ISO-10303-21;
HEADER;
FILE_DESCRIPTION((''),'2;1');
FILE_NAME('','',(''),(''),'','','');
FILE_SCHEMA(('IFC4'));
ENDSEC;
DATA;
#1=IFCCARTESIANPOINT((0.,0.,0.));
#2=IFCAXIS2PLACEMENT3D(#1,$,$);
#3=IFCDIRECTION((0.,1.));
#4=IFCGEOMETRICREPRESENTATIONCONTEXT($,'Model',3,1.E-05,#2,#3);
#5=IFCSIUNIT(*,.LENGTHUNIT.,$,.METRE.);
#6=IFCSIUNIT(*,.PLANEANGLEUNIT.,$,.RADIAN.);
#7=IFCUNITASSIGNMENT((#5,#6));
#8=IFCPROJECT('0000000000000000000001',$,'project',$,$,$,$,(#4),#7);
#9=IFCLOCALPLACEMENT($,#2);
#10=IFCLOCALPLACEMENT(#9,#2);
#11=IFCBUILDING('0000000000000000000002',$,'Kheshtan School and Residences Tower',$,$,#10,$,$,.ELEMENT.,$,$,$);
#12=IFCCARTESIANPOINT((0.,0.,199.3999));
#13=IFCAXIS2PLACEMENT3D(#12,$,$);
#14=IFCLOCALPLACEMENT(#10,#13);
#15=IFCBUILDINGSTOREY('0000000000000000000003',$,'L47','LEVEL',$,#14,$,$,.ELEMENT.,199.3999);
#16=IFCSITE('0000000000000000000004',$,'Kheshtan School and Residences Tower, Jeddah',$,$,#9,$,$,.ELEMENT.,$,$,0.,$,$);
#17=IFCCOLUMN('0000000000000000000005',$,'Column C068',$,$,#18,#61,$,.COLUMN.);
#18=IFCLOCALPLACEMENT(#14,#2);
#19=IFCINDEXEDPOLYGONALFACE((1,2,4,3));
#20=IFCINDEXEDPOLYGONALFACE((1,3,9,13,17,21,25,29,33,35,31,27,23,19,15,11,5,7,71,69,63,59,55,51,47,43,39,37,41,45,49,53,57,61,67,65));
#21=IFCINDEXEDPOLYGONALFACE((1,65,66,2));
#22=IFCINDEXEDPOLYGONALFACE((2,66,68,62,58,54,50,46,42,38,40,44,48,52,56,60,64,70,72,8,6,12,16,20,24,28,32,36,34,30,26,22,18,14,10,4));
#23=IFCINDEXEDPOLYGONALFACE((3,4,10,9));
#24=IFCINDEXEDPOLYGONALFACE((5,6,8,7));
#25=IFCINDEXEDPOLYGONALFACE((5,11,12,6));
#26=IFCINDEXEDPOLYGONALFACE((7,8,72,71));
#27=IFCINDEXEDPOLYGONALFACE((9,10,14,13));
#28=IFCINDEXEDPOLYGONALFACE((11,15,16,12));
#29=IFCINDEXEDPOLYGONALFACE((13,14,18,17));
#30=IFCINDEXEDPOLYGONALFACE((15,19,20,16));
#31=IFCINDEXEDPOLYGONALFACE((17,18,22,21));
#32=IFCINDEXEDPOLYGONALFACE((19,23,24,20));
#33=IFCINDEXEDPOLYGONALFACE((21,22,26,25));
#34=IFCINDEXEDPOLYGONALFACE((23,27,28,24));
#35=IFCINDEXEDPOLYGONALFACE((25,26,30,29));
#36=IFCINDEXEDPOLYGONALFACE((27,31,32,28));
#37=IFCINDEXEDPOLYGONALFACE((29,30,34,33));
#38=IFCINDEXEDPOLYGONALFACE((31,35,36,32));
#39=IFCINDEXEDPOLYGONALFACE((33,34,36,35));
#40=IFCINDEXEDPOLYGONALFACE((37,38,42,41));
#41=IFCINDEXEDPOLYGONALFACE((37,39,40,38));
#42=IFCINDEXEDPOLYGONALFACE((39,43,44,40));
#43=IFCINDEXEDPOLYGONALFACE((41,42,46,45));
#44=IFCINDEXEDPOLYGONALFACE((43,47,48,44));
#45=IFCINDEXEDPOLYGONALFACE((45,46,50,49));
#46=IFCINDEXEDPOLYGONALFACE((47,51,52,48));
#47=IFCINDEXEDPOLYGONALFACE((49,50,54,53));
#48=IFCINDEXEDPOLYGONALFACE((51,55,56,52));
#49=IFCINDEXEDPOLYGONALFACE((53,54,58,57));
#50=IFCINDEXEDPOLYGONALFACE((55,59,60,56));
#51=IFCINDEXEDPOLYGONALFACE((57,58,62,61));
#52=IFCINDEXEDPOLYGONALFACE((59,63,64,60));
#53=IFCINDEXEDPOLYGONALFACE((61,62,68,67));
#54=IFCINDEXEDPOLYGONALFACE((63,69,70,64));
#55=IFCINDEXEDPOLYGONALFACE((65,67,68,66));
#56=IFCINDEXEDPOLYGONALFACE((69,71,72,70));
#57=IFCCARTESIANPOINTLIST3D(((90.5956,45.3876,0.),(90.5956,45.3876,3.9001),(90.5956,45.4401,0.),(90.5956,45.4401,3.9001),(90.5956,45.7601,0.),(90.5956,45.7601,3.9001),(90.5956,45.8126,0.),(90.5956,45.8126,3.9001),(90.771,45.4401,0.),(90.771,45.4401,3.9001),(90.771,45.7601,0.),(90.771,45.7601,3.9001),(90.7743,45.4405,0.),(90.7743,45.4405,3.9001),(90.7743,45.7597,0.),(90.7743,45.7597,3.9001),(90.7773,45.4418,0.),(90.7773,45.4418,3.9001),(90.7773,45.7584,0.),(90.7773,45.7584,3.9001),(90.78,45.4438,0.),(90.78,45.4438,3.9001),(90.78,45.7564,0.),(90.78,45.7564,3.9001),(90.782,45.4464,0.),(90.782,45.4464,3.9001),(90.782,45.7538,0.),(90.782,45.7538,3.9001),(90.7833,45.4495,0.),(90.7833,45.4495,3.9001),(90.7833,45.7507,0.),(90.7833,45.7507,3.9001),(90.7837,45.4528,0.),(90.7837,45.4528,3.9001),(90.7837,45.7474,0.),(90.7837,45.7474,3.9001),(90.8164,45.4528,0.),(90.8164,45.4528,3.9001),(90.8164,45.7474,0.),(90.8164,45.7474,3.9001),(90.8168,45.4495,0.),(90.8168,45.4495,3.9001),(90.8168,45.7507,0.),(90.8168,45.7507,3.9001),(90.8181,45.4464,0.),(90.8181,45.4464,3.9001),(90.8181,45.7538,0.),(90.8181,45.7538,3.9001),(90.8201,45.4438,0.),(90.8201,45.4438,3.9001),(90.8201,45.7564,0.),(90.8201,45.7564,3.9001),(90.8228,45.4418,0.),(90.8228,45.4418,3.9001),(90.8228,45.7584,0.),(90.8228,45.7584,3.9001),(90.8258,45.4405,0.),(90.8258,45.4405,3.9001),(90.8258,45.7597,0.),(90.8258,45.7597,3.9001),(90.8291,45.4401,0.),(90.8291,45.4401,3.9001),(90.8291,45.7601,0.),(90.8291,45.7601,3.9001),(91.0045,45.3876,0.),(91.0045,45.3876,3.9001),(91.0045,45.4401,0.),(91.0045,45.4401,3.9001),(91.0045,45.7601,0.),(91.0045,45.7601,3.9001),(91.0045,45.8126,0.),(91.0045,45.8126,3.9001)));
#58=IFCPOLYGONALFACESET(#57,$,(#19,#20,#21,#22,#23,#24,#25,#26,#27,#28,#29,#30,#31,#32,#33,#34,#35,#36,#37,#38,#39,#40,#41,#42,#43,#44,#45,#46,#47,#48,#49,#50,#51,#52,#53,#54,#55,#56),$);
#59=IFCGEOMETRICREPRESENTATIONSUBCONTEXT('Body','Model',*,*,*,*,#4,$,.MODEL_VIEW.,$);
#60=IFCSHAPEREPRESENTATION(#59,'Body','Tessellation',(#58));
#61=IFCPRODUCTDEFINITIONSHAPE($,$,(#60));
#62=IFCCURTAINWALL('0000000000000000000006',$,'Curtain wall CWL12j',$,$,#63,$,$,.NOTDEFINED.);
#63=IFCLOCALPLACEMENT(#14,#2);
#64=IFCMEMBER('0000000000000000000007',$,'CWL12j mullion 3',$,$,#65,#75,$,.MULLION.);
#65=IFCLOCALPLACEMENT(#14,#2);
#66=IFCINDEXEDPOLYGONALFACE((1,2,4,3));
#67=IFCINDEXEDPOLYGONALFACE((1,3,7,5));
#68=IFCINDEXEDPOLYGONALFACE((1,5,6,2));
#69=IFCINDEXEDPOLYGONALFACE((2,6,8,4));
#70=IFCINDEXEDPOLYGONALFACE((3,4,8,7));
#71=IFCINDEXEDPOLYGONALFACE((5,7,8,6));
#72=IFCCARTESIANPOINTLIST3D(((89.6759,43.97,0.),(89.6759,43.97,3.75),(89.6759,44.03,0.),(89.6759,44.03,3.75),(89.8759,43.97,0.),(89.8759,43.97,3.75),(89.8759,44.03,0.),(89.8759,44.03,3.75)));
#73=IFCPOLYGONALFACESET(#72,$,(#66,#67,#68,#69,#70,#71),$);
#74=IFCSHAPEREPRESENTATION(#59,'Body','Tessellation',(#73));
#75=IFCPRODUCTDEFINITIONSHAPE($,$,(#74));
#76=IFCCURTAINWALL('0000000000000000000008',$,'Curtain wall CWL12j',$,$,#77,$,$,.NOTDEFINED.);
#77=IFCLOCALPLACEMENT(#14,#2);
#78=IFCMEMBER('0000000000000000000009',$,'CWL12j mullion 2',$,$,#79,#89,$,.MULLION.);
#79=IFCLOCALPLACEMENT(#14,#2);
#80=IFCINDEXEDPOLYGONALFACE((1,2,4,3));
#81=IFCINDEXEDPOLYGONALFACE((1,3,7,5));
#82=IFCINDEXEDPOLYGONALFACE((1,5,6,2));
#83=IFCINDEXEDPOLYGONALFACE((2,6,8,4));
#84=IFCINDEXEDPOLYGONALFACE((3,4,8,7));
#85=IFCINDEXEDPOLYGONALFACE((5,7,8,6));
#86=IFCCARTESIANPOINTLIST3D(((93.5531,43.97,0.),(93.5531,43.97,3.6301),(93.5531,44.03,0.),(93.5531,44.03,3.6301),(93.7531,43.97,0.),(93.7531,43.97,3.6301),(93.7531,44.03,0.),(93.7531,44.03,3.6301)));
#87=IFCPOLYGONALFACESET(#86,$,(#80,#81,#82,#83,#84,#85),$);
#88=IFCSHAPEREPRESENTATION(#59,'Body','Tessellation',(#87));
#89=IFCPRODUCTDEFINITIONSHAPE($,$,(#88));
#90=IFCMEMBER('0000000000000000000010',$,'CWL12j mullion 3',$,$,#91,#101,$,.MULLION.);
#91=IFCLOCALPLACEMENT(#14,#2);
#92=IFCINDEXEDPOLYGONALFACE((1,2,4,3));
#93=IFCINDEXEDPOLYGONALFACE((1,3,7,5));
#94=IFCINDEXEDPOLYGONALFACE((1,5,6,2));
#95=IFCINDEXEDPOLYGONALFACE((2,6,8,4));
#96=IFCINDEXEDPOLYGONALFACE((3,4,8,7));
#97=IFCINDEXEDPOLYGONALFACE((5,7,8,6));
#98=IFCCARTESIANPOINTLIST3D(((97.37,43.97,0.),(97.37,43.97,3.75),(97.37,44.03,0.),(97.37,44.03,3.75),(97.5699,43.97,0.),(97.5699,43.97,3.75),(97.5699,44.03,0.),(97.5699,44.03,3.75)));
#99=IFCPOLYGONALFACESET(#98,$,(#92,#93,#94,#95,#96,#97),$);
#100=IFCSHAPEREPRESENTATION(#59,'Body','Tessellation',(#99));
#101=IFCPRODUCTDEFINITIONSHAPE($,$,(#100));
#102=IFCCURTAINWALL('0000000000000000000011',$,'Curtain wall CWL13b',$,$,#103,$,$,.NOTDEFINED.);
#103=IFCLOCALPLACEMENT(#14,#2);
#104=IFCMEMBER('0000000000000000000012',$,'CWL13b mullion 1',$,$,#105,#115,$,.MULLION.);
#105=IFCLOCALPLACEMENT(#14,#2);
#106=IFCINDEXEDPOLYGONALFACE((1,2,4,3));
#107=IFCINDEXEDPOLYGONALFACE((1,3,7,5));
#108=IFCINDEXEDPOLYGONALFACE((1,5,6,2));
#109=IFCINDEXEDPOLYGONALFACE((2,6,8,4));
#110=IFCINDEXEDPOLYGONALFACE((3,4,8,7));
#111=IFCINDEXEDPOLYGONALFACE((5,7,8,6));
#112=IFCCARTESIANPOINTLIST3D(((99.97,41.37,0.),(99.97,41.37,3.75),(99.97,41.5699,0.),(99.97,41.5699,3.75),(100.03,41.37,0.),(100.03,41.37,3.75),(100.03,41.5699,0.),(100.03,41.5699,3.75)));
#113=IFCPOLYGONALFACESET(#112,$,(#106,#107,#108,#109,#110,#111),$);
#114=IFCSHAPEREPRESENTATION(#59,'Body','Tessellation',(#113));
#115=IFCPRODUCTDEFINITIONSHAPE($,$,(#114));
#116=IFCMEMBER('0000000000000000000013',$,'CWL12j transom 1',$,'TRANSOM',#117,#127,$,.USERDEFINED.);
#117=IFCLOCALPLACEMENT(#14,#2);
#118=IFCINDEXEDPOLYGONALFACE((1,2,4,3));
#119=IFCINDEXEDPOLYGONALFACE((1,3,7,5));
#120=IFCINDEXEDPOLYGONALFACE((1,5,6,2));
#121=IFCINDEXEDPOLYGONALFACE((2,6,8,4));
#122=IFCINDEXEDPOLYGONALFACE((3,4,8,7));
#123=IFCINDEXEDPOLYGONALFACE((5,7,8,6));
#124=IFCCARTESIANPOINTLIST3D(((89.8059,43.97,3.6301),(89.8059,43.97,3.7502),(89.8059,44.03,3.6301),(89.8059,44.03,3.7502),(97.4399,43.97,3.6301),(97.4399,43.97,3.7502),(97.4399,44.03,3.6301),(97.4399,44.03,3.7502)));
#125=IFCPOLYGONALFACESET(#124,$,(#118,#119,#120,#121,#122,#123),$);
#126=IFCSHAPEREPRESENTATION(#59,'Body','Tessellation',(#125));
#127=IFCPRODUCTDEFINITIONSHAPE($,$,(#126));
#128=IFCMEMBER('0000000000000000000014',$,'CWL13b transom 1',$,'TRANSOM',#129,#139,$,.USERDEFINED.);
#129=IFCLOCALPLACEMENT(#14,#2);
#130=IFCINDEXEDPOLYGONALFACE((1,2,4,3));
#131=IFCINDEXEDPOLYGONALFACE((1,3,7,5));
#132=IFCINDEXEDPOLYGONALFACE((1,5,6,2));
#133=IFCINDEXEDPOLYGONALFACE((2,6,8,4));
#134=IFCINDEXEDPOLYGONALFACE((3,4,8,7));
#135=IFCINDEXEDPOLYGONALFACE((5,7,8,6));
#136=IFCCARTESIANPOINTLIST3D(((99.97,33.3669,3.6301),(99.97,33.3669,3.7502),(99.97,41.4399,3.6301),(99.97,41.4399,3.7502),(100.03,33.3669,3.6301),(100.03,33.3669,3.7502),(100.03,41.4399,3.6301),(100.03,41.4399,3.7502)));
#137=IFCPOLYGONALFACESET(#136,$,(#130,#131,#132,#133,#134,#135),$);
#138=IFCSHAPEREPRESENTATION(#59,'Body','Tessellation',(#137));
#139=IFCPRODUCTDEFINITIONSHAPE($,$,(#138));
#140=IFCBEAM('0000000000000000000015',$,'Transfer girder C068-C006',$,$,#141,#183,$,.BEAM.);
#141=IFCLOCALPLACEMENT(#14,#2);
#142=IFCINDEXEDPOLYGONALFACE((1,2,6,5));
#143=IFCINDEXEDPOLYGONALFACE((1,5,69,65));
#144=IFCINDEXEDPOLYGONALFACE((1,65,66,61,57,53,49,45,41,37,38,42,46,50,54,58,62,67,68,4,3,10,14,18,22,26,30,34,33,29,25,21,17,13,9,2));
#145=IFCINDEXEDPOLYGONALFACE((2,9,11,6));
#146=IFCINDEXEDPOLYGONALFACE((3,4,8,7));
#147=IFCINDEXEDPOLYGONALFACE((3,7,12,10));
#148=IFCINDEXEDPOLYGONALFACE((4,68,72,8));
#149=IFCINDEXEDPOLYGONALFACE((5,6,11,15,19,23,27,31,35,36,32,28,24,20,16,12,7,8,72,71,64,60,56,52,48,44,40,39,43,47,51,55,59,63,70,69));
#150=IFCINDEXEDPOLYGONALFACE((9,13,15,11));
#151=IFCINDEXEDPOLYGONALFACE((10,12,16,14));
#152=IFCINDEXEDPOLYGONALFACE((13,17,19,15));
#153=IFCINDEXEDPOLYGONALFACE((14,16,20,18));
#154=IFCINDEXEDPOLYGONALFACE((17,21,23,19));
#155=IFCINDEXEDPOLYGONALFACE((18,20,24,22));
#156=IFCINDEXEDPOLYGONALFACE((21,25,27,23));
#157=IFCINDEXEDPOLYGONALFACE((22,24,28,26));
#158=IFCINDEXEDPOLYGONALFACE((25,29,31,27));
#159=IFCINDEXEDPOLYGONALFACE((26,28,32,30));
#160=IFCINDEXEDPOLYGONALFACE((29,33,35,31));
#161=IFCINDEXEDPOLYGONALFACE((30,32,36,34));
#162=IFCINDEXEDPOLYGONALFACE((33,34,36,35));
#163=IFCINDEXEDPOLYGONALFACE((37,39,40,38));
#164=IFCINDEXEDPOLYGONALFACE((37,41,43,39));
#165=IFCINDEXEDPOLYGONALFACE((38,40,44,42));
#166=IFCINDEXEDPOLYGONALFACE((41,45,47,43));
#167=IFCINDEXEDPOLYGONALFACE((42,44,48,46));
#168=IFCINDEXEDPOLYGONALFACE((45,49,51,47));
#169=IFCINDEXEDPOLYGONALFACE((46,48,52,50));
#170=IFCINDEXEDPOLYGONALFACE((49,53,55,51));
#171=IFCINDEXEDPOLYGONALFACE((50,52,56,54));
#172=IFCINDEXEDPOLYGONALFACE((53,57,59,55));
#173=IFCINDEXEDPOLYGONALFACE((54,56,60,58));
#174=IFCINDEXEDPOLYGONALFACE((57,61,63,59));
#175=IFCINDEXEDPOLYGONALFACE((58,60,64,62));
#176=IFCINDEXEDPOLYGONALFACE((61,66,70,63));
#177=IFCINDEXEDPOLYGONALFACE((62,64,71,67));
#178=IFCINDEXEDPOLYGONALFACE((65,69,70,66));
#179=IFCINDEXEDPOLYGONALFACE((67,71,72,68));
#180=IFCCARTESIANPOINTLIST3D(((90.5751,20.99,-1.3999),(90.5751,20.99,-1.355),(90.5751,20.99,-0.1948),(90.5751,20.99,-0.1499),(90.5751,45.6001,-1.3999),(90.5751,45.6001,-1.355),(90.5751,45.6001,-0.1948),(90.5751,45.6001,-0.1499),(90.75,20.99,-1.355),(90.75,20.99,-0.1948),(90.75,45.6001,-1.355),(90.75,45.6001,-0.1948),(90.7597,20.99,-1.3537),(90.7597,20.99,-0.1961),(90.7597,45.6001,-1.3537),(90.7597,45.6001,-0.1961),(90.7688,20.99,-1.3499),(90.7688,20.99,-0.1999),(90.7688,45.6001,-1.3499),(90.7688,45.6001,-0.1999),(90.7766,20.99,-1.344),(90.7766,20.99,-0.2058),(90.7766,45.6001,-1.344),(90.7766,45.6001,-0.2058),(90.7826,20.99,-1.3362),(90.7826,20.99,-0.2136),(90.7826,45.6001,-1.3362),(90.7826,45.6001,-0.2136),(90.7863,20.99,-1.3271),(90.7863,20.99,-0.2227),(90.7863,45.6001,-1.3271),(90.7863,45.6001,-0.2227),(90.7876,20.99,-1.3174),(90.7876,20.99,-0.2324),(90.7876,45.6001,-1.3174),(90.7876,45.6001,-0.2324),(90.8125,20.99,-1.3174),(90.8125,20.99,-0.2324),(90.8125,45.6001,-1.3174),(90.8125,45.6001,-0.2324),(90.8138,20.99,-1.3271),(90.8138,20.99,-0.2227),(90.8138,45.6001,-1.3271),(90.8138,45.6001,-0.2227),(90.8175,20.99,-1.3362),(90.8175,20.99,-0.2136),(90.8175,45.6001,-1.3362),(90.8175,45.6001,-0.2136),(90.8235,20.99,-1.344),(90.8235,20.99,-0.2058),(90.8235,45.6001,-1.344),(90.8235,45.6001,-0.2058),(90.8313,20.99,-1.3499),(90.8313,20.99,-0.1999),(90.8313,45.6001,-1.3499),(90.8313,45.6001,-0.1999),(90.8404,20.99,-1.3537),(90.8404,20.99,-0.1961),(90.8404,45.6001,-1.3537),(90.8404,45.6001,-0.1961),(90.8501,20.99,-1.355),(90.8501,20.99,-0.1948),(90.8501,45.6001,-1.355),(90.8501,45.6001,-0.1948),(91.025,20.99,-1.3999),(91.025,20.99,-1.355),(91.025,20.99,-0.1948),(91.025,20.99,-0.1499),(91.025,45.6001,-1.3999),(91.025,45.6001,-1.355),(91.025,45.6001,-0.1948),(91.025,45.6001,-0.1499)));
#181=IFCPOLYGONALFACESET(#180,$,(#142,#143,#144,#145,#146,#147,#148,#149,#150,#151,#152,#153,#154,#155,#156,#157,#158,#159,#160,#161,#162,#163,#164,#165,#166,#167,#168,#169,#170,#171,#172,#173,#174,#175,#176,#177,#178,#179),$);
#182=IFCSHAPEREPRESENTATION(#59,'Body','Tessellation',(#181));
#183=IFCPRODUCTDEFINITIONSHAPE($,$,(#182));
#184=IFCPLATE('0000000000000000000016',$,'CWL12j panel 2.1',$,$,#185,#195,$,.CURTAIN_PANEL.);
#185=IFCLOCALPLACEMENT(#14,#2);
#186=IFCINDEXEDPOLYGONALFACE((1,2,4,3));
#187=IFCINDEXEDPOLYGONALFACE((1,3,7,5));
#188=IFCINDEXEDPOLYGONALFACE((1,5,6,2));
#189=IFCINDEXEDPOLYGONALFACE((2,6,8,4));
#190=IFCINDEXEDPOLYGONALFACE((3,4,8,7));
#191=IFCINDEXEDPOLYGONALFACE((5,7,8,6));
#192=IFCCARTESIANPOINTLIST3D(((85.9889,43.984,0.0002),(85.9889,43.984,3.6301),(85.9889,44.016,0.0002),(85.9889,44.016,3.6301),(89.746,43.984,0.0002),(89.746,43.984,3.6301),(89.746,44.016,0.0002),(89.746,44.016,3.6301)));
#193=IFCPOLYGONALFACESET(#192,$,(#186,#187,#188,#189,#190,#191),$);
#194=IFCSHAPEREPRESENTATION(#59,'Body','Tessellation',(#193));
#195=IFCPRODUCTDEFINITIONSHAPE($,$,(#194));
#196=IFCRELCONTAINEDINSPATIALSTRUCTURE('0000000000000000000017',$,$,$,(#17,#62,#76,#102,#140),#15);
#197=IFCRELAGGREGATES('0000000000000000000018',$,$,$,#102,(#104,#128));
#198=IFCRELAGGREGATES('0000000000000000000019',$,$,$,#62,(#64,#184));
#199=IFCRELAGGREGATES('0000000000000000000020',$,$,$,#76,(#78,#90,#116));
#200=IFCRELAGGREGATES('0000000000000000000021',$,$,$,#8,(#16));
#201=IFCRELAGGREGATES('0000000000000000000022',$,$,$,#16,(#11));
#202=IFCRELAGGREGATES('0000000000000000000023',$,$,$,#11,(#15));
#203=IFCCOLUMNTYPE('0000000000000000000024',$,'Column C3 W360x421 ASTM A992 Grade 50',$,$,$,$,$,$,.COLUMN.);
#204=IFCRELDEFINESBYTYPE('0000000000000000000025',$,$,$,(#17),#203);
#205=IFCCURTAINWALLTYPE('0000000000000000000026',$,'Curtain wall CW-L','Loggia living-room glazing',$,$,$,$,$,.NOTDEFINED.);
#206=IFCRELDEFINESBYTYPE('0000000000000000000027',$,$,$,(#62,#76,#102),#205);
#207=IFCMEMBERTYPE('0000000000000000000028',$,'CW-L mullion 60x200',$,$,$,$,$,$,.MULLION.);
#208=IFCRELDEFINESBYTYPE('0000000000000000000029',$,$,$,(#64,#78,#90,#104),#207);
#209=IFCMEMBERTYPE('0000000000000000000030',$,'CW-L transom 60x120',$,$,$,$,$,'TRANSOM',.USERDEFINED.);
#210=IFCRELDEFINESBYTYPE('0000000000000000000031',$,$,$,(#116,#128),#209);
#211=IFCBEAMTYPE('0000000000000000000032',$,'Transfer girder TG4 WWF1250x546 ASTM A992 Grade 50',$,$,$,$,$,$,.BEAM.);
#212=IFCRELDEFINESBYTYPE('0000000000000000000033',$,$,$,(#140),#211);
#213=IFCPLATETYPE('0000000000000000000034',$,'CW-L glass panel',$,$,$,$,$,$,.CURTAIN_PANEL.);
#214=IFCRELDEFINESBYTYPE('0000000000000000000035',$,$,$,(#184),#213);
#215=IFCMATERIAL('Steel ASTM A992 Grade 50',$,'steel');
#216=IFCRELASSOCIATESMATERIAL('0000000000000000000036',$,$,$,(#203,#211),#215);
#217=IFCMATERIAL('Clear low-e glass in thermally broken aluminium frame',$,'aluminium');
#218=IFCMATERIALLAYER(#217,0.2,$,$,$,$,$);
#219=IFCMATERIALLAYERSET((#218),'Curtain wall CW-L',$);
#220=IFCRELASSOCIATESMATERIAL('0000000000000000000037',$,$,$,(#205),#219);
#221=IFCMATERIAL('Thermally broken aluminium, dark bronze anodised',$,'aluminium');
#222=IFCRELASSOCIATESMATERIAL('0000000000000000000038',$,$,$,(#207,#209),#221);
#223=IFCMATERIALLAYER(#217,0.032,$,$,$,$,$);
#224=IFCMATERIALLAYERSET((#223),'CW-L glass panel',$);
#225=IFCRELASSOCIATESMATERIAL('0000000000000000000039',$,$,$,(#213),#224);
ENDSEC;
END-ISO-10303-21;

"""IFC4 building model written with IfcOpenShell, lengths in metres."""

from ifc_helpers import new_model, si_unit, direction, frame, origin, origin_2d, place, context, subcontext, project, spatial, rectangle, i_section, extrude, material, layer, layer_set, material_profile, profile_set, type_object, element, aggregate, save


model = new_model("IFC4")

# Units and contexts
model_context = context("Model", 3, precision=1e-05, world=origin(), true_north=direction((0.0, 1.0)))
body_context = subcontext(model_context, "Body", "Model", "MODEL_VIEW")
ifc_project = project(units=[si_unit("LENGTHUNIT", "METRE"), si_unit("PLANEANGLEUNIT", "RADIAN")], contexts=[model_context])

# Site, building, storey
site_placement = place(None, origin())
site = spatial("IfcSite", under=ifc_project, at=site_placement, Name="Kheshtan School and Residences Tower, Jeddah", CompositionType="ELEMENT", RefElevation=0.0)
building_placement = place(site_placement, origin())
building = spatial("IfcBuilding", under=site, at=building_placement, Name="Kheshtan School and Residences Tower", CompositionType="ELEMENT")
storey_placement = place(building_placement, frame((0.0, 0.0, 199.3999)))
storey = spatial("IfcBuildingStorey", under=building, at=storey_placement, Name="L47", Description="LEVEL", CompositionType="ELEMENT", Elevation=199.3999)

# Column
ifc_material_1 = material(Name="Steel ASTM A992 Grade 50", Category="steel")
ifc_material_profile_1 = material_profile(ifc_material_1, i_section(OverallWidth=0.4089, OverallDepth=0.425, WebThickness=0.0327, FlangeThickness=0.0525, FilletRadius=0.0127, at=origin_2d()), Name="W360x421")
ifc_profile_set_1 = profile_set([ifc_material_profile_1], Name="Steel ASTM A992 Grade 50")
column_type = type_object("IfcColumnType", Name="Column C3 W360x421 ASTM A992 Grade 50", PredefinedType="COLUMN", material=ifc_profile_set_1)
column_placement = place(storey_placement, frame((90.8, 45.6001, 0.0), z_axis=(0.0, 0.0, 1.0), x_axis=(1.0, 0.0, 0.0)))
element("IfcColumn", 1, at=column_placement, inside=storey, type_object=column_type, Name="Column C068", PredefinedType="COLUMN", context=body_context, shape_type="SweptSolid", body=[
    extrude(i_section(OverallWidth=0.4089, OverallDepth=0.425, WebThickness=0.0327, FlangeThickness=0.0525, FilletRadius=0.0127, at=origin_2d()), origin(), (0.0, 0.0, 1.0), 3.9001),
])

# Curtain wall, member
ifc_material_2 = material(Name="Clear low-e glass in thermally broken aluminium frame", Category="aluminium")
ifc_layer_1 = layer(ifc_material_2, 0.2)
ifc_layer_set_1 = layer_set([ifc_layer_1], Name="Curtain wall CW-L")
curtain_wall_type = type_object("IfcCurtainWallType", Name="Curtain wall CW-L", Description="Loggia living-room glazing", PredefinedType="NOTDEFINED", material=ifc_layer_set_1)
curtain_wall_1_placement = place(storey_placement, origin())
curtain_wall_1 = element("IfcCurtainWall", 2, at=curtain_wall_1_placement, inside=storey, type_object=curtain_wall_type, Name="Curtain wall CWL12j", PredefinedType="NOTDEFINED")
ifc_material_3 = material(Name="Thermally broken aluminium, dark bronze anodised", Category="aluminium")
ifc_material_profile_2 = material_profile(ifc_material_3, rectangle(XDim=0.0601, YDim=0.2, at=origin_2d()), Name="CW-L mullion 60x200")
ifc_profile_set_2 = profile_set([ifc_material_profile_2], Name="Thermally broken aluminium, dark bronze anodised")
member_type_1 = type_object("IfcMemberType", Name="CW-L mullion 60x200", PredefinedType="MULLION", material=ifc_profile_set_2)
member_1_placement = place(storey_placement, frame((89.7759, 44.0, 0.0), z_axis=(0.0, 0.0, 1.0), x_axis=(0.0, 1.0, 0.0)))
member_1 = element("IfcMember", 3, at=member_1_placement, type_object=member_type_1, Name="CWL12j mullion 3", PredefinedType="MULLION", context=body_context, shape_type="SweptSolid", body=[
    extrude(rectangle(XDim=0.0601, YDim=0.2, at=origin_2d()), origin(), (0.0, 0.0, 1.0), 3.75),
])

# Curtain wall, members
curtain_wall_2_placement = place(storey_placement, origin())
curtain_wall_2 = element("IfcCurtainWall", 4, at=curtain_wall_2_placement, inside=storey, type_object=curtain_wall_type, Name="Curtain wall CWL12j", PredefinedType="NOTDEFINED")
member_2_placement = place(storey_placement, frame((93.6531, 44.0, 0.0), z_axis=(0.0, 0.0, 1.0), x_axis=(0.0, 1.0, 0.0)))
member_2 = element("IfcMember", 5, at=member_2_placement, type_object=member_type_1, Name="CWL12j mullion 2", PredefinedType="MULLION", context=body_context, shape_type="SweptSolid", body=[
    extrude(rectangle(XDim=0.0601, YDim=0.2, at=origin_2d()), origin(), (0.0, 0.0, 1.0), 3.6301),
])
member_3_placement = place(storey_placement, frame((97.47, 44.0, 0.0), z_axis=(0.0, 0.0, 1.0), x_axis=(0.0, 1.0, 0.0)))
member_3 = element("IfcMember", 6, at=member_3_placement, type_object=member_type_1, Name="CWL12j mullion 3", PredefinedType="MULLION", context=body_context, shape_type="SweptSolid", body=[
    extrude(rectangle(XDim=0.0601, YDim=0.2, at=origin_2d()), origin(), (0.0, 0.0, 1.0), 3.75),
])

# Curtain wall, member
curtain_wall_3_placement = place(storey_placement, origin())
curtain_wall_3 = element("IfcCurtainWall", 7, at=curtain_wall_3_placement, inside=storey, type_object=curtain_wall_type, Name="Curtain wall CWL13b", PredefinedType="NOTDEFINED")
member_4_placement = place(storey_placement, frame((100.0, 41.47, 0.0), z_axis=(0.0, 0.0, 1.0), x_axis=(1.0, 0.0, 0.0)))
member_4 = element("IfcMember", 8, at=member_4_placement, type_object=member_type_1, Name="CWL13b mullion 1", PredefinedType="MULLION", context=body_context, shape_type="SweptSolid", body=[
    extrude(rectangle(XDim=0.0601, YDim=0.2, at=origin_2d()), origin(), (0.0, 0.0, 1.0), 3.75),
])

# Members
ifc_material_profile_3 = material_profile(ifc_material_3, rectangle(XDim=0.0601, YDim=0.1201, at=origin_2d()), Name="CW-L transom 60x120")
ifc_profile_set_3 = profile_set([ifc_material_profile_3], Name="Thermally broken aluminium, dark bronze anodised")
member_type_2 = type_object("IfcMemberType", Name="CW-L transom 60x120", ElementType="TRANSOM", PredefinedType="USERDEFINED", material=ifc_profile_set_3)
member_5_placement = place(storey_placement, frame((89.8059, 44.0, 3.6902), z_axis=(1.0, 0.0, 0.0), x_axis=(0.0, 1.0, 0.0)))
member_5 = element("IfcMember", 9, at=member_5_placement, type_object=member_type_2, Name="CWL12j transom 1", ObjectType="TRANSOM", PredefinedType="USERDEFINED", context=body_context, shape_type="SweptSolid", body=[
    extrude(rectangle(XDim=0.0601, YDim=0.1201, at=origin_2d()), origin(), (0.0, 0.0, 1.0), 7.634),
])
member_6_placement = place(storey_placement, frame((100.0, 41.4399, 3.6902), z_axis=(0.0, -1.0, 0.0), x_axis=(1.0, 0.0, 0.0)))
member_6 = element("IfcMember", 10, at=member_6_placement, type_object=member_type_2, Name="CWL13b transom 1", ObjectType="TRANSOM", PredefinedType="USERDEFINED", context=body_context, shape_type="SweptSolid", body=[
    extrude(rectangle(XDim=0.0601, YDim=0.1201, at=origin_2d()), origin(), (0.0, 0.0, 1.0), 8.073),
])
aggregate(curtain_wall_3, [member_4, member_6])

# Beam
ifc_material_profile_4 = material_profile(ifc_material_1, i_section(OverallWidth=0.45, OverallDepth=1.25, WebThickness=0.0249, FlangeThickness=0.0449, FilletRadius=0.0376, at=origin_2d()), Name="WWF1250x546")
ifc_profile_set_4 = profile_set([ifc_material_profile_4], Name="Steel ASTM A992 Grade 50")
beam_type = type_object("IfcBeamType", Name="Transfer girder TG4 WWF1250x546 ASTM A992 Grade 50", PredefinedType="BEAM", material=ifc_profile_set_4)
beam_placement = place(storey_placement, frame((90.8, 45.6001, -0.7749), z_axis=(0.0, -1.0, 0.0), x_axis=(1.0, 0.0, 0.0)))
element("IfcBeam", 11, at=beam_placement, inside=storey, type_object=beam_type, Name="Transfer girder C068-C006", PredefinedType="BEAM", context=body_context, shape_type="SweptSolid", body=[
    extrude(i_section(OverallWidth=0.45, OverallDepth=1.25, WebThickness=0.0249, FlangeThickness=0.0449, FilletRadius=0.0376, at=origin_2d()), origin(), (0.0, 0.0, 1.0), 24.6101),
])

# Plate
ifc_layer_2 = layer(ifc_material_2, 0.032)
ifc_layer_set_2 = layer_set([ifc_layer_2], Name="CW-L glass panel")
plate_type = type_object("IfcPlateType", Name="CW-L glass panel", PredefinedType="CURTAIN_PANEL", material=ifc_layer_set_2)
plate_1_placement = place(storey_placement, frame((87.8674, 44.0, 0.0002), z_axis=(0.0, 0.0, 1.0), x_axis=(1.0, 0.0, 0.0)))
plate_1 = element("IfcPlate", 12, at=plate_1_placement, type_object=plate_type, Name="CWL12j panel 2.1", PredefinedType="CURTAIN_PANEL", context=body_context, shape_type="SweptSolid", body=[
    extrude(rectangle(XDim=3.7571, YDim=0.032, at=origin_2d()), origin(), (0.0, 0.0, 1.0), 3.6299),
])
aggregate(curtain_wall_1, [member_1, plate_1])
aggregate(curtain_wall_2, [member_2, member_3, member_5])

save(model, "model.ifc")
